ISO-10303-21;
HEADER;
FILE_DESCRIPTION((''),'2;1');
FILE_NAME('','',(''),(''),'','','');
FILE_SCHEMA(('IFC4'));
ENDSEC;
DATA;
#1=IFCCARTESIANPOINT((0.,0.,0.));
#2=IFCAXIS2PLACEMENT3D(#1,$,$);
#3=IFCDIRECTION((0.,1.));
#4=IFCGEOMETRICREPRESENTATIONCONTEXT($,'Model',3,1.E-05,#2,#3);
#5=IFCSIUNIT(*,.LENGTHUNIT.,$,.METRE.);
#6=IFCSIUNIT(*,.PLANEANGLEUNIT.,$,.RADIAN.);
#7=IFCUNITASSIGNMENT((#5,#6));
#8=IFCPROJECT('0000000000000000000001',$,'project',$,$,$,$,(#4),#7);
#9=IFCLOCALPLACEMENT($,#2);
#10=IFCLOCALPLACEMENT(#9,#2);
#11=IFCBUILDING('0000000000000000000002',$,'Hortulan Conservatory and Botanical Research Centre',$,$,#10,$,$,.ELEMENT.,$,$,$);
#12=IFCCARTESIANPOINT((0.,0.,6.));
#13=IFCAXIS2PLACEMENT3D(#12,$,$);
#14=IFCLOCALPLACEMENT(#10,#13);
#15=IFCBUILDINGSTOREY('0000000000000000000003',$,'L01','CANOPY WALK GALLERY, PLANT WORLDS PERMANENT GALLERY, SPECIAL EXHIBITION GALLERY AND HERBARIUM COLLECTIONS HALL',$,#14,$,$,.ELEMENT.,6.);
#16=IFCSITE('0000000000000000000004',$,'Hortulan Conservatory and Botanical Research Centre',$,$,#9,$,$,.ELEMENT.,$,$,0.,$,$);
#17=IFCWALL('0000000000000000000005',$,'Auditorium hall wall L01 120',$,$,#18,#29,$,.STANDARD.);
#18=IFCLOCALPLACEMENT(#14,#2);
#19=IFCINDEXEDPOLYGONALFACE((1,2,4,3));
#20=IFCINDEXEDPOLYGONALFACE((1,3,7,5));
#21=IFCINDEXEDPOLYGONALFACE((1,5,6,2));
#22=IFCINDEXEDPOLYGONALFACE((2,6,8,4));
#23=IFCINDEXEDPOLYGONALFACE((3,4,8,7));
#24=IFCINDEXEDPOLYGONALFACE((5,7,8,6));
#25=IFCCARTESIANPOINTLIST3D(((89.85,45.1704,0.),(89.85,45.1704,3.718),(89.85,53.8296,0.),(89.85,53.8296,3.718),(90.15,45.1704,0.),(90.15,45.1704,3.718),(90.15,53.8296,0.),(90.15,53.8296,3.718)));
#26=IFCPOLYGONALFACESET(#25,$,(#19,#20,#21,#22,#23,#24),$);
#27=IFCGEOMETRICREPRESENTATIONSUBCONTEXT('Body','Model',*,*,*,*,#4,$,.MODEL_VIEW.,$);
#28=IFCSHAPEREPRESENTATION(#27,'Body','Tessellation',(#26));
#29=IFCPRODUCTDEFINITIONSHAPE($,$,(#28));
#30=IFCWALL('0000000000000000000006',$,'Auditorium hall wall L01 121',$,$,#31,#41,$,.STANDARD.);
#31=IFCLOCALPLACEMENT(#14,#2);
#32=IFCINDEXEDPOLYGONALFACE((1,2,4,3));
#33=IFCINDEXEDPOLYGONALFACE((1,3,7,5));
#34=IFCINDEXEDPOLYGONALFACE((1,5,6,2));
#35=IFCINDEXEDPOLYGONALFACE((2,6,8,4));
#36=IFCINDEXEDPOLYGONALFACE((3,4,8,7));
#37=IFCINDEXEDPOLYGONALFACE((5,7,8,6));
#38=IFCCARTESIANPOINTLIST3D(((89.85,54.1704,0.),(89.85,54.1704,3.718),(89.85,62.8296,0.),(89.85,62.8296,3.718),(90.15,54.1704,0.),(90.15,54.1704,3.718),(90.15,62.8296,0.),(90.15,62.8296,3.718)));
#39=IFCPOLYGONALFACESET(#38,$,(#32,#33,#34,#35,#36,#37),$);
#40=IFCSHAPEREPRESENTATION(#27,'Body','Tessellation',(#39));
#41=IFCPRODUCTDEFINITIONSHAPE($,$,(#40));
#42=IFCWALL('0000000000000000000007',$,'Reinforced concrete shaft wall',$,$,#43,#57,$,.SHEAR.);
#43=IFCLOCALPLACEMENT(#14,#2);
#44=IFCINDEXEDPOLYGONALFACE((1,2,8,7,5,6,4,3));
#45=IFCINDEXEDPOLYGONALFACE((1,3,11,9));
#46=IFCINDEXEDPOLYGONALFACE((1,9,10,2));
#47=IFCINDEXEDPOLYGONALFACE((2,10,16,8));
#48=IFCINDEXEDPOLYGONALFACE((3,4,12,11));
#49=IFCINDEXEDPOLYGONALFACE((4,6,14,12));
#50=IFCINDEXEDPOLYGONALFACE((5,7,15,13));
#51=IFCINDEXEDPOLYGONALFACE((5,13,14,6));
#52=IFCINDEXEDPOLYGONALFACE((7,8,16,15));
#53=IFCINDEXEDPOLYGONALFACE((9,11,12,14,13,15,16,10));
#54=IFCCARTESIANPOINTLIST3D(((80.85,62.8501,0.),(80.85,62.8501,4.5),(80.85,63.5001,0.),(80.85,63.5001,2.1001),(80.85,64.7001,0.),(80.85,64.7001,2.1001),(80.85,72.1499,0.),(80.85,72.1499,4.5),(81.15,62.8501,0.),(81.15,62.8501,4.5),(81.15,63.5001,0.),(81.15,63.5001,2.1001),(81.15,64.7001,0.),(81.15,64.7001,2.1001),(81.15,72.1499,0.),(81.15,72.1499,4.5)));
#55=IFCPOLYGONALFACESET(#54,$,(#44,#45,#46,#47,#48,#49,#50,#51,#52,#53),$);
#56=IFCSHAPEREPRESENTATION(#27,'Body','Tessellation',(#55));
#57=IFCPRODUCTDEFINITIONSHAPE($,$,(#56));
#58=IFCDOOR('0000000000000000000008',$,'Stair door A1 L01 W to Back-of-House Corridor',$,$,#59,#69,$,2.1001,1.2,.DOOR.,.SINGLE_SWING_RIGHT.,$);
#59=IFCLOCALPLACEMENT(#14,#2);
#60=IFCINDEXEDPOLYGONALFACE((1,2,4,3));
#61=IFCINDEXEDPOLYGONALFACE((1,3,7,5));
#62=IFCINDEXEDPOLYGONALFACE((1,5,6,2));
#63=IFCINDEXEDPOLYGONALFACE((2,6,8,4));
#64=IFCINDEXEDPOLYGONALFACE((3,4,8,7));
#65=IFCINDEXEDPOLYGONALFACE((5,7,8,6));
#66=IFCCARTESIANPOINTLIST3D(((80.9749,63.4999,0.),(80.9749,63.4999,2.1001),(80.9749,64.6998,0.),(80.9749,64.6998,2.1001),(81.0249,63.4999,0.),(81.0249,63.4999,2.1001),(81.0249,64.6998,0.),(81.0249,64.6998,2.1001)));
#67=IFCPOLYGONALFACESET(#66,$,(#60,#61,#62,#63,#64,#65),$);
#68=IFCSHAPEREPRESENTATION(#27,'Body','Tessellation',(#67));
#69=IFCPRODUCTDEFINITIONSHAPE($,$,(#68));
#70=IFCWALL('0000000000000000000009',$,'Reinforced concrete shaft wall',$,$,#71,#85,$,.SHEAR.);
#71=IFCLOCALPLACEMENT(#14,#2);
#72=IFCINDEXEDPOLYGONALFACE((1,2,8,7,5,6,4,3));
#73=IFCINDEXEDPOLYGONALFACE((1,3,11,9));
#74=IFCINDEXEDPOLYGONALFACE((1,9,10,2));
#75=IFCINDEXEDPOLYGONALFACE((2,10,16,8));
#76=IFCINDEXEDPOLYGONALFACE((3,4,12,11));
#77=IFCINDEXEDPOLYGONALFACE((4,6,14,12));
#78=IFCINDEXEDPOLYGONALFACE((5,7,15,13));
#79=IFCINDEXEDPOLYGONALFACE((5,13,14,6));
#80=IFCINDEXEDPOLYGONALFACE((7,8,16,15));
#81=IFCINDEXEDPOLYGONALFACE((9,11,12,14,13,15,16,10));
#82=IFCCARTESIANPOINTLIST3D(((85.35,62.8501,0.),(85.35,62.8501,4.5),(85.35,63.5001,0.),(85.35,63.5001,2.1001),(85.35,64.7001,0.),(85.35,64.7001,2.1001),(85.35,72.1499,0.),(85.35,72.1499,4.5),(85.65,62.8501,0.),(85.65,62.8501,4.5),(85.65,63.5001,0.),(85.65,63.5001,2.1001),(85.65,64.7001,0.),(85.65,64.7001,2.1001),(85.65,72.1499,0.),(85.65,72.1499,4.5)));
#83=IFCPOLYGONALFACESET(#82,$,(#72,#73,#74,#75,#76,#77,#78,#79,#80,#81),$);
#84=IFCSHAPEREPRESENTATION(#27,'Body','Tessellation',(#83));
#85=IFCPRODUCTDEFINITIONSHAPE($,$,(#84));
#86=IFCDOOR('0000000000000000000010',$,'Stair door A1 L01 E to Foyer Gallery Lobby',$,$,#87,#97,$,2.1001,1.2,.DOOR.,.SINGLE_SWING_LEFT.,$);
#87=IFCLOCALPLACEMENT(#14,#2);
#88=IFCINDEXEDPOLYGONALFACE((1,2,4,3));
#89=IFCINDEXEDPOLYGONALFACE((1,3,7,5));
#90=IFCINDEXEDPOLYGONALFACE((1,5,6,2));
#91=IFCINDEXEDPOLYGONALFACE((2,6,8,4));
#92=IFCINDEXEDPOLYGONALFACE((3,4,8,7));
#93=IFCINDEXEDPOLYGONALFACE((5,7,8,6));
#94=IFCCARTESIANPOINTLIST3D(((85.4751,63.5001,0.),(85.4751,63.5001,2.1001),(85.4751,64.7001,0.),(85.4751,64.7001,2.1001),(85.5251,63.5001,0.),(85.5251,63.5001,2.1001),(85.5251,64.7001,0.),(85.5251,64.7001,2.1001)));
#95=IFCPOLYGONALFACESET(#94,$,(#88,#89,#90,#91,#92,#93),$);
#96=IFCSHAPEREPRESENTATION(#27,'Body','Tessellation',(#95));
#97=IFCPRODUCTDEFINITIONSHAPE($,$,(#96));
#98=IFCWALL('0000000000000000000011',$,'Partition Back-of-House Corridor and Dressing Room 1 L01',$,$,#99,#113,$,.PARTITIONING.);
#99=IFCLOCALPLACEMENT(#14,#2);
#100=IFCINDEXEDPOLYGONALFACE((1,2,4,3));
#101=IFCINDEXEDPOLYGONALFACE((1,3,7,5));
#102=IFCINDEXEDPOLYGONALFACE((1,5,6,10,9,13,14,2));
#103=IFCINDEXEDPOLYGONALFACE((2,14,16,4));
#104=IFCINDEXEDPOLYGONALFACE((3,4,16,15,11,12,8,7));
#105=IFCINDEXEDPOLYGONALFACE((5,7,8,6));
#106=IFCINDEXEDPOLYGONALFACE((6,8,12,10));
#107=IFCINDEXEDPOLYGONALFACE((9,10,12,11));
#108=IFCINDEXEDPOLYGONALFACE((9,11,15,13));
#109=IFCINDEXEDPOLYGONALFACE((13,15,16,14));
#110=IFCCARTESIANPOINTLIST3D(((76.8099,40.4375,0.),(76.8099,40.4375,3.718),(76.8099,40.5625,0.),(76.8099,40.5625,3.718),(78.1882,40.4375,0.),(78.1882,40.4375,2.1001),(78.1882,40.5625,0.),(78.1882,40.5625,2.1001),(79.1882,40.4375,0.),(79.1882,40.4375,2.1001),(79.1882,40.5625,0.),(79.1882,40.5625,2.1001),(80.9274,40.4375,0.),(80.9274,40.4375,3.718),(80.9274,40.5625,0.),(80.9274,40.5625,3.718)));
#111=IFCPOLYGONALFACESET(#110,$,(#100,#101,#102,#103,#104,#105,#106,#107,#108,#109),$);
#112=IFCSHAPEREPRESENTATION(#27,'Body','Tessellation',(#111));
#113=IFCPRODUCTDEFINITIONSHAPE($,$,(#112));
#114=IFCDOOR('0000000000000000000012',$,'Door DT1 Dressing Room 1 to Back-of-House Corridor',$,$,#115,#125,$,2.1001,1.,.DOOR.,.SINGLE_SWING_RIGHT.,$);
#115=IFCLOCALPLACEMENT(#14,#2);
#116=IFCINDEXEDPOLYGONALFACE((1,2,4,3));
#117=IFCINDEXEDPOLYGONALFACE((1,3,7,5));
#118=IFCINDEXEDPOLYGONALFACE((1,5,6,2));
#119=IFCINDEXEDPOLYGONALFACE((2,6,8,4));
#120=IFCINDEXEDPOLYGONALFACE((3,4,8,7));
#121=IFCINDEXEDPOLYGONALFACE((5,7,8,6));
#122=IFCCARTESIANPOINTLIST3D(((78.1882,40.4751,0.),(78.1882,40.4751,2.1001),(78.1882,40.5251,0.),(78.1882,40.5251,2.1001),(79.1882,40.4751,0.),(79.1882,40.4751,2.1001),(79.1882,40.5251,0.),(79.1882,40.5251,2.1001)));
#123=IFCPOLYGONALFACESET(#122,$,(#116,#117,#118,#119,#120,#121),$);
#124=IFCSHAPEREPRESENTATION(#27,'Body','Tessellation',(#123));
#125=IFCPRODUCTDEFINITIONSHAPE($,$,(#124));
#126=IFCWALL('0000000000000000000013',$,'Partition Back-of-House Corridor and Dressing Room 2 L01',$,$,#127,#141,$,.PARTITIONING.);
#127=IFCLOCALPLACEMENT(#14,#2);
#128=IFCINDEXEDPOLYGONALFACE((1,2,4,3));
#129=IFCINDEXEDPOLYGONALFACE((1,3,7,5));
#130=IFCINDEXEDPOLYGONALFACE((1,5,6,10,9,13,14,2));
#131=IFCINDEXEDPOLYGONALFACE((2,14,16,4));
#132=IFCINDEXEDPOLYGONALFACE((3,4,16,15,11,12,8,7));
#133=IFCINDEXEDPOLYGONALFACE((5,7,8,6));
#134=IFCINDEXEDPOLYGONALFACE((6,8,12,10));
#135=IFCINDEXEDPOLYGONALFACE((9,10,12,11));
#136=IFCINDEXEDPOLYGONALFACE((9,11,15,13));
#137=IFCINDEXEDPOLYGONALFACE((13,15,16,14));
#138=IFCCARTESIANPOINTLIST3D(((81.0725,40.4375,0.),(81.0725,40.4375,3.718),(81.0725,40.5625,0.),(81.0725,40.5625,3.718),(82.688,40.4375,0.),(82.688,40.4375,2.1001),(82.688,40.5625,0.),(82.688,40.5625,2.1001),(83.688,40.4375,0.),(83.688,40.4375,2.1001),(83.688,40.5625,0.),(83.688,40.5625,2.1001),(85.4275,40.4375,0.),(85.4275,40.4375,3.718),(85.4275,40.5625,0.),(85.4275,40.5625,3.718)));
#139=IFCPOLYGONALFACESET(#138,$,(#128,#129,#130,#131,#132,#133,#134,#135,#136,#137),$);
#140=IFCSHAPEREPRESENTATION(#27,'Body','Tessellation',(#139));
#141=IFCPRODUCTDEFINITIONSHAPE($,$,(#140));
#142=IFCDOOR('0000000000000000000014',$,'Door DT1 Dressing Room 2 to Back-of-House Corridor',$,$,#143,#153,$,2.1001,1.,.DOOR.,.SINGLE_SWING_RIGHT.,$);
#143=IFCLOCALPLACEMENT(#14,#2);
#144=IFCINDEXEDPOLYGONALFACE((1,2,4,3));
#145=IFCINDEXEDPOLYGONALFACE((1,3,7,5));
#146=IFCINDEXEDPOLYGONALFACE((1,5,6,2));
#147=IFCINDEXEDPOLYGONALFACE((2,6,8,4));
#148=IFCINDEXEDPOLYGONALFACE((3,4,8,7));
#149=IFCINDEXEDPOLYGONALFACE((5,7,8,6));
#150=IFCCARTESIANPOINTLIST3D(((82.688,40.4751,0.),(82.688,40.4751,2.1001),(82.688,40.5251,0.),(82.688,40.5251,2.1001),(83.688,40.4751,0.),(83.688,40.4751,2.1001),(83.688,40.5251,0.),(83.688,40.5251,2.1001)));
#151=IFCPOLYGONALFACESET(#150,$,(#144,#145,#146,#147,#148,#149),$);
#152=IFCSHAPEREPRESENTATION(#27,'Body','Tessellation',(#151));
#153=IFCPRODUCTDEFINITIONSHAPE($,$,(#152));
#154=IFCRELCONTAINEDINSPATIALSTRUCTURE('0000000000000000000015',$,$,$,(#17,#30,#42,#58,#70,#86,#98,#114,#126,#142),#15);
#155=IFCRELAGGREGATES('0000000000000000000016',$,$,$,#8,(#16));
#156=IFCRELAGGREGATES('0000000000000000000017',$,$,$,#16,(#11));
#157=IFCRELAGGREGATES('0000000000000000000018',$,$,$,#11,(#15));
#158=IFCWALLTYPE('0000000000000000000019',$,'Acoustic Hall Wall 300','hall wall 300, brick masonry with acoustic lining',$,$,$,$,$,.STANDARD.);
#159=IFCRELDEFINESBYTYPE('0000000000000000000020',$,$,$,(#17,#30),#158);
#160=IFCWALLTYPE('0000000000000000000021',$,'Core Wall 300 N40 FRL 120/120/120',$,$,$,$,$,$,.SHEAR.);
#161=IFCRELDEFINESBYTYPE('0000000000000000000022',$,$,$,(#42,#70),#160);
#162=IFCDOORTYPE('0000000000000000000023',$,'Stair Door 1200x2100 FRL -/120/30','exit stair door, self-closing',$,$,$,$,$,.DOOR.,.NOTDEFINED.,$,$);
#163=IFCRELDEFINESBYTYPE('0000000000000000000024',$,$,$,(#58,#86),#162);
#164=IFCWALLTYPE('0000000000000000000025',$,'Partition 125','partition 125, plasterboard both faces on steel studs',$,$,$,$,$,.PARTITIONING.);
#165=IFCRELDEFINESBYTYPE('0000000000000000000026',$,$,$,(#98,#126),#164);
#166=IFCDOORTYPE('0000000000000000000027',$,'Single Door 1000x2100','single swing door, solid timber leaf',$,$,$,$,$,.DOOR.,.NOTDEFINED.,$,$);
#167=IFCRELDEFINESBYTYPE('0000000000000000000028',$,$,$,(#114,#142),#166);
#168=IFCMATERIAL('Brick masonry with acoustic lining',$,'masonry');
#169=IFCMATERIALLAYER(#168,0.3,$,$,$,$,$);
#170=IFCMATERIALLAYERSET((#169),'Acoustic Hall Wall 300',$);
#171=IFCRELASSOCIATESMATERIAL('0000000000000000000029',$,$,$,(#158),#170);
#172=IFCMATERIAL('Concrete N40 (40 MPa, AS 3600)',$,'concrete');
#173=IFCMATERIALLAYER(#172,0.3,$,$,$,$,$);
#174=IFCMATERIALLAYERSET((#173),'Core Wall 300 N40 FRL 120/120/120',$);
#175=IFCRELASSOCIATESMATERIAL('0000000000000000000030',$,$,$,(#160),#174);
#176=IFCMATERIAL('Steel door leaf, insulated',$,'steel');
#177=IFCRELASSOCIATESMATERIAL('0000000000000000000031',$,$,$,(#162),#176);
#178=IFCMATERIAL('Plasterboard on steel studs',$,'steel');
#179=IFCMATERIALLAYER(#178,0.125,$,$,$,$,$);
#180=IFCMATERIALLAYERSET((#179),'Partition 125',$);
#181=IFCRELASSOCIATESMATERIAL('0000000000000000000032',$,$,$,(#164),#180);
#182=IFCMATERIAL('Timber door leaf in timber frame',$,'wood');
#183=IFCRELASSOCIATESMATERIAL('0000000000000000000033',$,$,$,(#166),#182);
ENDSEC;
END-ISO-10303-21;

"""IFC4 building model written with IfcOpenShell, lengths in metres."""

from ifc_helpers import new_model, si_unit, direction, frame, frame_2d, origin, place, context, subcontext, project, spatial, rectangle, extrude, material, layer, layer_set, type_object, element, fill, save


model = new_model("IFC4")

# Units and contexts
model_context = context("Model", 3, precision=1e-05, world=origin(), true_north=direction((0.0, 1.0)))
body_context = subcontext(model_context, "Body", "Model", "MODEL_VIEW")
ifc_project = project(units=[si_unit("LENGTHUNIT", "METRE"), si_unit("PLANEANGLEUNIT", "RADIAN")], contexts=[model_context])

# Site, building, storey
site_placement = place(None, origin())
site = spatial("IfcSite", under=ifc_project, at=site_placement, Name="Hortulan Conservatory and Botanical Research Centre", CompositionType="ELEMENT", RefElevation=0.0)
building_placement = place(site_placement, origin())
building = spatial("IfcBuilding", under=site, at=building_placement, Name="Hortulan Conservatory and Botanical Research Centre", CompositionType="ELEMENT")
storey_placement = place(building_placement, frame((0.0, 0.0, 6.0)))
storey = spatial("IfcBuildingStorey", under=building, at=storey_placement, Name="L01", Description="CANOPY WALK GALLERY, PLANT WORLDS PERMANENT GALLERY, SPECIAL EXHIBITION GALLERY AND HERBARIUM COLLECTIONS HALL", CompositionType="ELEMENT", Elevation=6.0)

# Walls
ifc_material_1 = material(Name="Brick masonry with acoustic lining", Category="masonry")
ifc_layer_1 = layer(ifc_material_1, 0.3)
ifc_layer_set_1 = layer_set([ifc_layer_1], Name="Acoustic Hall Wall 300")
wall_type_1 = type_object("IfcWallType", Name="Acoustic Hall Wall 300", Description="hall wall 300, brick masonry with acoustic lining", PredefinedType="STANDARD", material=ifc_layer_set_1)
for number, where, z_axis, x_axis, name in (
    (1, (90.0, 45.1704, 0.0), (0.0, 0.0, 1.0), (0.0, 1.0, 0.0), "Auditorium hall wall L01 120"),
    (2, (90.0, 54.1704, 0.0), (0.0, 0.0, 1.0), (0.0, 1.0, 0.0), "Auditorium hall wall L01 121"),
):
    element("IfcWall", number, at=place(storey_placement, frame(where, z_axis=z_axis, x_axis=x_axis)), inside=storey, type_object=wall_type_1, Name=name, PredefinedType="STANDARD", context=body_context, shape_type="SweptSolid", body=[
        extrude(rectangle(XDim=8.6592, YDim=0.3, at=frame_2d((4.3296, 0.0))), origin(), (0.0, 0.0, 1.0), 3.718),
    ])

# Walls, openings, doors
ifc_material_2 = material(Name="Concrete N40 (40 MPa, AS 3600)", Category="concrete")
ifc_layer_2 = layer(ifc_material_2, 0.3)
ifc_layer_set_2 = layer_set([ifc_layer_2], Name="Core Wall 300 N40 FRL 120/120/120")
wall_type_2 = type_object("IfcWallType", Name="Core Wall 300 N40 FRL 120/120/120", PredefinedType="SHEAR", material=ifc_layer_set_2)
wall_1_placement = place(storey_placement, frame((81.0, 62.8501, 0.0), z_axis=(0.0, 0.0, 1.0), x_axis=(0.0, 1.0, 0.0)))
wall_1 = element("IfcWall", 3, at=wall_1_placement, inside=storey, type_object=wall_type_2, Name="Reinforced concrete shaft wall", PredefinedType="SHEAR", context=body_context, shape_type="SweptSolid", body=[
    extrude(rectangle(XDim=9.2998, YDim=0.3, at=frame_2d((4.6499, 0.0))), origin(), (0.0, 0.0, 1.0), 4.5),
])
opening_1_placement = place(wall_1_placement, frame((0.6499, 0.0, 0.0)))
opening_1 = element("IfcOpeningElement", 4, at=opening_1_placement, cuts=wall_1, PredefinedType="OPENING", context=body_context, shape_type="SweptSolid", body=[
    extrude(rectangle(XDim=1.2, YDim=2.1001, at=frame_2d((0.6001, 1.05))), frame((0.0, 0.1599, 0.0), z_axis=(0.0, -1.0, 0.0), x_axis=(1.0, 0.0, 0.0)), (0.0, 0.0, 1.0), 0.3201),
])
ifc_material_3 = material(Name="Steel door leaf, insulated", Category="steel")
door_type_1 = type_object("IfcDoorType", Name="Stair Door 1200x2100 FRL -/120/30", Description="exit stair door, self-closing", OperationType="NOTDEFINED", PredefinedType="DOOR", material=ifc_material_3)
door_1_placement = place(opening_1_placement, frame((1.2, 0.0, 0.0), z_axis=(0.0, 0.0, 1.0), x_axis=(-1.0, 0.0, 0.0)))
door_1 = element("IfcDoor", 5, at=door_1_placement, inside=storey, type_object=door_type_1, Name="Stair door A1 L01 W to Back-of-House Corridor", OperationType="SINGLE_SWING_RIGHT", OverallHeight=2.1001, OverallWidth=1.2, PredefinedType="DOOR", context=body_context, shape_type="SweptSolid", body=[
    extrude(rectangle(XDim=1.2, YDim=2.1001, at=frame_2d((0.6001, 1.05))), frame((0.0, 0.0249, 0.0), z_axis=(0.0, -1.0, 0.0), x_axis=(1.0, 0.0, 0.0)), (0.0, 0.0, 1.0), 0.05),
])
fill(opening_1, door_1)
wall_2_placement = place(storey_placement, frame((85.5, 62.8501, 0.0), z_axis=(0.0, 0.0, 1.0), x_axis=(0.0, 1.0, 0.0)))
wall_2 = element("IfcWall", 6, at=wall_2_placement, inside=storey, type_object=wall_type_2, Name="Reinforced concrete shaft wall", PredefinedType="SHEAR", context=body_context, shape_type="SweptSolid", body=[
    extrude(rectangle(XDim=9.2998, YDim=0.3, at=frame_2d((4.6499, 0.0))), origin(), (0.0, 0.0, 1.0), 4.5),
])
opening_2_placement = place(wall_2_placement, frame((0.6499, 0.0, 0.0)))
opening_2 = element("IfcOpeningElement", 7, at=opening_2_placement, cuts=wall_2, PredefinedType="OPENING", context=body_context, shape_type="SweptSolid", body=[
    extrude(rectangle(XDim=1.2, YDim=2.1001, at=frame_2d((0.6001, 1.05))), frame((0.0, 0.1599, 0.0), z_axis=(0.0, -1.0, 0.0), x_axis=(1.0, 0.0, 0.0)), (0.0, 0.0, 1.0), 0.3201),
])
door_2_placement = place(opening_2_placement, origin())
door_2 = element("IfcDoor", 8, at=door_2_placement, inside=storey, type_object=door_type_1, Name="Stair door A1 L01 E to Foyer Gallery Lobby", OperationType="SINGLE_SWING_LEFT", OverallHeight=2.1001, OverallWidth=1.2, PredefinedType="DOOR", context=body_context, shape_type="SweptSolid", body=[
    extrude(rectangle(XDim=1.2, YDim=2.1001, at=frame_2d((0.6001, 1.05))), frame((0.0, 0.0249, 0.0), z_axis=(0.0, -1.0, 0.0), x_axis=(1.0, 0.0, 0.0)), (0.0, 0.0, 1.0), 0.05),
])
fill(opening_2, door_2)
ifc_material_4 = material(Name="Plasterboard on steel studs", Category="steel")
ifc_layer_3 = layer(ifc_material_4, 0.125)
ifc_layer_set_3 = layer_set([ifc_layer_3], Name="Partition 125")
wall_type_3 = type_object("IfcWallType", Name="Partition 125", Description="partition 125, plasterboard both faces on steel studs", PredefinedType="PARTITIONING", material=ifc_layer_set_3)
wall_3_placement = place(storey_placement, frame((76.8101, 40.5, 0.0), z_axis=(0.0, 0.0, 1.0), x_axis=(1.0, 0.0, 0.0)))
wall_3 = element("IfcWall", 9, at=wall_3_placement, inside=storey, type_object=wall_type_3, Name="Partition Back-of-House Corridor and Dressing Room 1 L01", PredefinedType="PARTITIONING", context=body_context, shape_type="SweptSolid", body=[
    extrude(rectangle(XDim=4.1174, YDim=0.125, at=frame_2d((2.0586, 0.0))), origin(), (0.0, 0.0, 1.0), 3.718),
])
opening_3_placement = place(wall_3_placement, frame((1.3782, 0.0, 0.0)))
opening_3 = element("IfcOpeningElement", 10, at=opening_3_placement, cuts=wall_3, PredefinedType="OPENING", context=body_context, shape_type="SweptSolid", body=[
    extrude(rectangle(XDim=1.0, YDim=2.1001, at=frame_2d((0.5, 1.05))), frame((0.0, 0.0725, 0.0), z_axis=(0.0, -1.0, 0.0), x_axis=(1.0, 0.0, 0.0)), (0.0, 0.0, 1.0), 0.145),
])
ifc_material_5 = material(Name="Timber door leaf in timber frame", Category="wood")
door_type_2 = type_object("IfcDoorType", Name="Single Door 1000x2100", Description="single swing door, solid timber leaf", OperationType="NOTDEFINED", PredefinedType="DOOR", material=ifc_material_5)
door_3_placement = place(opening_3_placement, frame((1.0, 0.0, 0.0), z_axis=(0.0, 0.0, 1.0), x_axis=(-1.0, 0.0, 0.0)))
door_3 = element("IfcDoor", 11, at=door_3_placement, inside=storey, type_object=door_type_2, Name="Door DT1 Dressing Room 1 to Back-of-House Corridor", OperationType="SINGLE_SWING_RIGHT", OverallHeight=2.1001, OverallWidth=1.0, PredefinedType="DOOR", context=body_context, shape_type="SweptSolid", body=[
    extrude(rectangle(XDim=1.0, YDim=2.1001, at=frame_2d((0.5, 1.05))), frame((0.0, 0.0249, 0.0), z_axis=(0.0, -1.0, 0.0), x_axis=(1.0, 0.0, 0.0)), (0.0, 0.0, 1.0), 0.05),
])
fill(opening_3, door_3)
wall_4_placement = place(storey_placement, frame((81.0725, 40.5, 0.0), z_axis=(0.0, 0.0, 1.0), x_axis=(1.0, 0.0, 0.0)))
wall_4 = element("IfcWall", 12, at=wall_4_placement, inside=storey, type_object=wall_type_3, Name="Partition Back-of-House Corridor and Dressing Room 2 L01", PredefinedType="PARTITIONING", context=body_context, shape_type="SweptSolid", body=[
    extrude(rectangle(XDim=4.355, YDim=0.125, at=frame_2d((2.1775, 0.0))), origin(), (0.0, 0.0, 1.0), 3.718),
])
opening_4_placement = place(wall_4_placement, frame((1.6155, 0.0, 0.0)))
opening_4 = element("IfcOpeningElement", 13, at=opening_4_placement, cuts=wall_4, PredefinedType="OPENING", context=body_context, shape_type="SweptSolid", body=[
    extrude(rectangle(XDim=1.0, YDim=2.1001, at=frame_2d((0.5, 1.05))), frame((0.0, 0.0725, 0.0), z_axis=(0.0, -1.0, 0.0), x_axis=(1.0, 0.0, 0.0)), (0.0, 0.0, 1.0), 0.145),
])
door_4_placement = place(opening_4_placement, frame((1.0, 0.0, 0.0), z_axis=(0.0, 0.0, 1.0), x_axis=(-1.0, 0.0, 0.0)))
door_4 = element("IfcDoor", 14, at=door_4_placement, inside=storey, type_object=door_type_2, Name="Door DT1 Dressing Room 2 to Back-of-House Corridor", OperationType="SINGLE_SWING_RIGHT", OverallHeight=2.1001, OverallWidth=1.0, PredefinedType="DOOR", context=body_context, shape_type="SweptSolid", body=[
    extrude(rectangle(XDim=1.0, YDim=2.1001, at=frame_2d((0.5, 1.05))), frame((0.0, 0.0249, 0.0), z_axis=(0.0, -1.0, 0.0), x_axis=(1.0, 0.0, 0.0)), (0.0, 0.0, 1.0), 0.05),
])
fill(opening_4, door_4)

save(model, "model.ifc")
